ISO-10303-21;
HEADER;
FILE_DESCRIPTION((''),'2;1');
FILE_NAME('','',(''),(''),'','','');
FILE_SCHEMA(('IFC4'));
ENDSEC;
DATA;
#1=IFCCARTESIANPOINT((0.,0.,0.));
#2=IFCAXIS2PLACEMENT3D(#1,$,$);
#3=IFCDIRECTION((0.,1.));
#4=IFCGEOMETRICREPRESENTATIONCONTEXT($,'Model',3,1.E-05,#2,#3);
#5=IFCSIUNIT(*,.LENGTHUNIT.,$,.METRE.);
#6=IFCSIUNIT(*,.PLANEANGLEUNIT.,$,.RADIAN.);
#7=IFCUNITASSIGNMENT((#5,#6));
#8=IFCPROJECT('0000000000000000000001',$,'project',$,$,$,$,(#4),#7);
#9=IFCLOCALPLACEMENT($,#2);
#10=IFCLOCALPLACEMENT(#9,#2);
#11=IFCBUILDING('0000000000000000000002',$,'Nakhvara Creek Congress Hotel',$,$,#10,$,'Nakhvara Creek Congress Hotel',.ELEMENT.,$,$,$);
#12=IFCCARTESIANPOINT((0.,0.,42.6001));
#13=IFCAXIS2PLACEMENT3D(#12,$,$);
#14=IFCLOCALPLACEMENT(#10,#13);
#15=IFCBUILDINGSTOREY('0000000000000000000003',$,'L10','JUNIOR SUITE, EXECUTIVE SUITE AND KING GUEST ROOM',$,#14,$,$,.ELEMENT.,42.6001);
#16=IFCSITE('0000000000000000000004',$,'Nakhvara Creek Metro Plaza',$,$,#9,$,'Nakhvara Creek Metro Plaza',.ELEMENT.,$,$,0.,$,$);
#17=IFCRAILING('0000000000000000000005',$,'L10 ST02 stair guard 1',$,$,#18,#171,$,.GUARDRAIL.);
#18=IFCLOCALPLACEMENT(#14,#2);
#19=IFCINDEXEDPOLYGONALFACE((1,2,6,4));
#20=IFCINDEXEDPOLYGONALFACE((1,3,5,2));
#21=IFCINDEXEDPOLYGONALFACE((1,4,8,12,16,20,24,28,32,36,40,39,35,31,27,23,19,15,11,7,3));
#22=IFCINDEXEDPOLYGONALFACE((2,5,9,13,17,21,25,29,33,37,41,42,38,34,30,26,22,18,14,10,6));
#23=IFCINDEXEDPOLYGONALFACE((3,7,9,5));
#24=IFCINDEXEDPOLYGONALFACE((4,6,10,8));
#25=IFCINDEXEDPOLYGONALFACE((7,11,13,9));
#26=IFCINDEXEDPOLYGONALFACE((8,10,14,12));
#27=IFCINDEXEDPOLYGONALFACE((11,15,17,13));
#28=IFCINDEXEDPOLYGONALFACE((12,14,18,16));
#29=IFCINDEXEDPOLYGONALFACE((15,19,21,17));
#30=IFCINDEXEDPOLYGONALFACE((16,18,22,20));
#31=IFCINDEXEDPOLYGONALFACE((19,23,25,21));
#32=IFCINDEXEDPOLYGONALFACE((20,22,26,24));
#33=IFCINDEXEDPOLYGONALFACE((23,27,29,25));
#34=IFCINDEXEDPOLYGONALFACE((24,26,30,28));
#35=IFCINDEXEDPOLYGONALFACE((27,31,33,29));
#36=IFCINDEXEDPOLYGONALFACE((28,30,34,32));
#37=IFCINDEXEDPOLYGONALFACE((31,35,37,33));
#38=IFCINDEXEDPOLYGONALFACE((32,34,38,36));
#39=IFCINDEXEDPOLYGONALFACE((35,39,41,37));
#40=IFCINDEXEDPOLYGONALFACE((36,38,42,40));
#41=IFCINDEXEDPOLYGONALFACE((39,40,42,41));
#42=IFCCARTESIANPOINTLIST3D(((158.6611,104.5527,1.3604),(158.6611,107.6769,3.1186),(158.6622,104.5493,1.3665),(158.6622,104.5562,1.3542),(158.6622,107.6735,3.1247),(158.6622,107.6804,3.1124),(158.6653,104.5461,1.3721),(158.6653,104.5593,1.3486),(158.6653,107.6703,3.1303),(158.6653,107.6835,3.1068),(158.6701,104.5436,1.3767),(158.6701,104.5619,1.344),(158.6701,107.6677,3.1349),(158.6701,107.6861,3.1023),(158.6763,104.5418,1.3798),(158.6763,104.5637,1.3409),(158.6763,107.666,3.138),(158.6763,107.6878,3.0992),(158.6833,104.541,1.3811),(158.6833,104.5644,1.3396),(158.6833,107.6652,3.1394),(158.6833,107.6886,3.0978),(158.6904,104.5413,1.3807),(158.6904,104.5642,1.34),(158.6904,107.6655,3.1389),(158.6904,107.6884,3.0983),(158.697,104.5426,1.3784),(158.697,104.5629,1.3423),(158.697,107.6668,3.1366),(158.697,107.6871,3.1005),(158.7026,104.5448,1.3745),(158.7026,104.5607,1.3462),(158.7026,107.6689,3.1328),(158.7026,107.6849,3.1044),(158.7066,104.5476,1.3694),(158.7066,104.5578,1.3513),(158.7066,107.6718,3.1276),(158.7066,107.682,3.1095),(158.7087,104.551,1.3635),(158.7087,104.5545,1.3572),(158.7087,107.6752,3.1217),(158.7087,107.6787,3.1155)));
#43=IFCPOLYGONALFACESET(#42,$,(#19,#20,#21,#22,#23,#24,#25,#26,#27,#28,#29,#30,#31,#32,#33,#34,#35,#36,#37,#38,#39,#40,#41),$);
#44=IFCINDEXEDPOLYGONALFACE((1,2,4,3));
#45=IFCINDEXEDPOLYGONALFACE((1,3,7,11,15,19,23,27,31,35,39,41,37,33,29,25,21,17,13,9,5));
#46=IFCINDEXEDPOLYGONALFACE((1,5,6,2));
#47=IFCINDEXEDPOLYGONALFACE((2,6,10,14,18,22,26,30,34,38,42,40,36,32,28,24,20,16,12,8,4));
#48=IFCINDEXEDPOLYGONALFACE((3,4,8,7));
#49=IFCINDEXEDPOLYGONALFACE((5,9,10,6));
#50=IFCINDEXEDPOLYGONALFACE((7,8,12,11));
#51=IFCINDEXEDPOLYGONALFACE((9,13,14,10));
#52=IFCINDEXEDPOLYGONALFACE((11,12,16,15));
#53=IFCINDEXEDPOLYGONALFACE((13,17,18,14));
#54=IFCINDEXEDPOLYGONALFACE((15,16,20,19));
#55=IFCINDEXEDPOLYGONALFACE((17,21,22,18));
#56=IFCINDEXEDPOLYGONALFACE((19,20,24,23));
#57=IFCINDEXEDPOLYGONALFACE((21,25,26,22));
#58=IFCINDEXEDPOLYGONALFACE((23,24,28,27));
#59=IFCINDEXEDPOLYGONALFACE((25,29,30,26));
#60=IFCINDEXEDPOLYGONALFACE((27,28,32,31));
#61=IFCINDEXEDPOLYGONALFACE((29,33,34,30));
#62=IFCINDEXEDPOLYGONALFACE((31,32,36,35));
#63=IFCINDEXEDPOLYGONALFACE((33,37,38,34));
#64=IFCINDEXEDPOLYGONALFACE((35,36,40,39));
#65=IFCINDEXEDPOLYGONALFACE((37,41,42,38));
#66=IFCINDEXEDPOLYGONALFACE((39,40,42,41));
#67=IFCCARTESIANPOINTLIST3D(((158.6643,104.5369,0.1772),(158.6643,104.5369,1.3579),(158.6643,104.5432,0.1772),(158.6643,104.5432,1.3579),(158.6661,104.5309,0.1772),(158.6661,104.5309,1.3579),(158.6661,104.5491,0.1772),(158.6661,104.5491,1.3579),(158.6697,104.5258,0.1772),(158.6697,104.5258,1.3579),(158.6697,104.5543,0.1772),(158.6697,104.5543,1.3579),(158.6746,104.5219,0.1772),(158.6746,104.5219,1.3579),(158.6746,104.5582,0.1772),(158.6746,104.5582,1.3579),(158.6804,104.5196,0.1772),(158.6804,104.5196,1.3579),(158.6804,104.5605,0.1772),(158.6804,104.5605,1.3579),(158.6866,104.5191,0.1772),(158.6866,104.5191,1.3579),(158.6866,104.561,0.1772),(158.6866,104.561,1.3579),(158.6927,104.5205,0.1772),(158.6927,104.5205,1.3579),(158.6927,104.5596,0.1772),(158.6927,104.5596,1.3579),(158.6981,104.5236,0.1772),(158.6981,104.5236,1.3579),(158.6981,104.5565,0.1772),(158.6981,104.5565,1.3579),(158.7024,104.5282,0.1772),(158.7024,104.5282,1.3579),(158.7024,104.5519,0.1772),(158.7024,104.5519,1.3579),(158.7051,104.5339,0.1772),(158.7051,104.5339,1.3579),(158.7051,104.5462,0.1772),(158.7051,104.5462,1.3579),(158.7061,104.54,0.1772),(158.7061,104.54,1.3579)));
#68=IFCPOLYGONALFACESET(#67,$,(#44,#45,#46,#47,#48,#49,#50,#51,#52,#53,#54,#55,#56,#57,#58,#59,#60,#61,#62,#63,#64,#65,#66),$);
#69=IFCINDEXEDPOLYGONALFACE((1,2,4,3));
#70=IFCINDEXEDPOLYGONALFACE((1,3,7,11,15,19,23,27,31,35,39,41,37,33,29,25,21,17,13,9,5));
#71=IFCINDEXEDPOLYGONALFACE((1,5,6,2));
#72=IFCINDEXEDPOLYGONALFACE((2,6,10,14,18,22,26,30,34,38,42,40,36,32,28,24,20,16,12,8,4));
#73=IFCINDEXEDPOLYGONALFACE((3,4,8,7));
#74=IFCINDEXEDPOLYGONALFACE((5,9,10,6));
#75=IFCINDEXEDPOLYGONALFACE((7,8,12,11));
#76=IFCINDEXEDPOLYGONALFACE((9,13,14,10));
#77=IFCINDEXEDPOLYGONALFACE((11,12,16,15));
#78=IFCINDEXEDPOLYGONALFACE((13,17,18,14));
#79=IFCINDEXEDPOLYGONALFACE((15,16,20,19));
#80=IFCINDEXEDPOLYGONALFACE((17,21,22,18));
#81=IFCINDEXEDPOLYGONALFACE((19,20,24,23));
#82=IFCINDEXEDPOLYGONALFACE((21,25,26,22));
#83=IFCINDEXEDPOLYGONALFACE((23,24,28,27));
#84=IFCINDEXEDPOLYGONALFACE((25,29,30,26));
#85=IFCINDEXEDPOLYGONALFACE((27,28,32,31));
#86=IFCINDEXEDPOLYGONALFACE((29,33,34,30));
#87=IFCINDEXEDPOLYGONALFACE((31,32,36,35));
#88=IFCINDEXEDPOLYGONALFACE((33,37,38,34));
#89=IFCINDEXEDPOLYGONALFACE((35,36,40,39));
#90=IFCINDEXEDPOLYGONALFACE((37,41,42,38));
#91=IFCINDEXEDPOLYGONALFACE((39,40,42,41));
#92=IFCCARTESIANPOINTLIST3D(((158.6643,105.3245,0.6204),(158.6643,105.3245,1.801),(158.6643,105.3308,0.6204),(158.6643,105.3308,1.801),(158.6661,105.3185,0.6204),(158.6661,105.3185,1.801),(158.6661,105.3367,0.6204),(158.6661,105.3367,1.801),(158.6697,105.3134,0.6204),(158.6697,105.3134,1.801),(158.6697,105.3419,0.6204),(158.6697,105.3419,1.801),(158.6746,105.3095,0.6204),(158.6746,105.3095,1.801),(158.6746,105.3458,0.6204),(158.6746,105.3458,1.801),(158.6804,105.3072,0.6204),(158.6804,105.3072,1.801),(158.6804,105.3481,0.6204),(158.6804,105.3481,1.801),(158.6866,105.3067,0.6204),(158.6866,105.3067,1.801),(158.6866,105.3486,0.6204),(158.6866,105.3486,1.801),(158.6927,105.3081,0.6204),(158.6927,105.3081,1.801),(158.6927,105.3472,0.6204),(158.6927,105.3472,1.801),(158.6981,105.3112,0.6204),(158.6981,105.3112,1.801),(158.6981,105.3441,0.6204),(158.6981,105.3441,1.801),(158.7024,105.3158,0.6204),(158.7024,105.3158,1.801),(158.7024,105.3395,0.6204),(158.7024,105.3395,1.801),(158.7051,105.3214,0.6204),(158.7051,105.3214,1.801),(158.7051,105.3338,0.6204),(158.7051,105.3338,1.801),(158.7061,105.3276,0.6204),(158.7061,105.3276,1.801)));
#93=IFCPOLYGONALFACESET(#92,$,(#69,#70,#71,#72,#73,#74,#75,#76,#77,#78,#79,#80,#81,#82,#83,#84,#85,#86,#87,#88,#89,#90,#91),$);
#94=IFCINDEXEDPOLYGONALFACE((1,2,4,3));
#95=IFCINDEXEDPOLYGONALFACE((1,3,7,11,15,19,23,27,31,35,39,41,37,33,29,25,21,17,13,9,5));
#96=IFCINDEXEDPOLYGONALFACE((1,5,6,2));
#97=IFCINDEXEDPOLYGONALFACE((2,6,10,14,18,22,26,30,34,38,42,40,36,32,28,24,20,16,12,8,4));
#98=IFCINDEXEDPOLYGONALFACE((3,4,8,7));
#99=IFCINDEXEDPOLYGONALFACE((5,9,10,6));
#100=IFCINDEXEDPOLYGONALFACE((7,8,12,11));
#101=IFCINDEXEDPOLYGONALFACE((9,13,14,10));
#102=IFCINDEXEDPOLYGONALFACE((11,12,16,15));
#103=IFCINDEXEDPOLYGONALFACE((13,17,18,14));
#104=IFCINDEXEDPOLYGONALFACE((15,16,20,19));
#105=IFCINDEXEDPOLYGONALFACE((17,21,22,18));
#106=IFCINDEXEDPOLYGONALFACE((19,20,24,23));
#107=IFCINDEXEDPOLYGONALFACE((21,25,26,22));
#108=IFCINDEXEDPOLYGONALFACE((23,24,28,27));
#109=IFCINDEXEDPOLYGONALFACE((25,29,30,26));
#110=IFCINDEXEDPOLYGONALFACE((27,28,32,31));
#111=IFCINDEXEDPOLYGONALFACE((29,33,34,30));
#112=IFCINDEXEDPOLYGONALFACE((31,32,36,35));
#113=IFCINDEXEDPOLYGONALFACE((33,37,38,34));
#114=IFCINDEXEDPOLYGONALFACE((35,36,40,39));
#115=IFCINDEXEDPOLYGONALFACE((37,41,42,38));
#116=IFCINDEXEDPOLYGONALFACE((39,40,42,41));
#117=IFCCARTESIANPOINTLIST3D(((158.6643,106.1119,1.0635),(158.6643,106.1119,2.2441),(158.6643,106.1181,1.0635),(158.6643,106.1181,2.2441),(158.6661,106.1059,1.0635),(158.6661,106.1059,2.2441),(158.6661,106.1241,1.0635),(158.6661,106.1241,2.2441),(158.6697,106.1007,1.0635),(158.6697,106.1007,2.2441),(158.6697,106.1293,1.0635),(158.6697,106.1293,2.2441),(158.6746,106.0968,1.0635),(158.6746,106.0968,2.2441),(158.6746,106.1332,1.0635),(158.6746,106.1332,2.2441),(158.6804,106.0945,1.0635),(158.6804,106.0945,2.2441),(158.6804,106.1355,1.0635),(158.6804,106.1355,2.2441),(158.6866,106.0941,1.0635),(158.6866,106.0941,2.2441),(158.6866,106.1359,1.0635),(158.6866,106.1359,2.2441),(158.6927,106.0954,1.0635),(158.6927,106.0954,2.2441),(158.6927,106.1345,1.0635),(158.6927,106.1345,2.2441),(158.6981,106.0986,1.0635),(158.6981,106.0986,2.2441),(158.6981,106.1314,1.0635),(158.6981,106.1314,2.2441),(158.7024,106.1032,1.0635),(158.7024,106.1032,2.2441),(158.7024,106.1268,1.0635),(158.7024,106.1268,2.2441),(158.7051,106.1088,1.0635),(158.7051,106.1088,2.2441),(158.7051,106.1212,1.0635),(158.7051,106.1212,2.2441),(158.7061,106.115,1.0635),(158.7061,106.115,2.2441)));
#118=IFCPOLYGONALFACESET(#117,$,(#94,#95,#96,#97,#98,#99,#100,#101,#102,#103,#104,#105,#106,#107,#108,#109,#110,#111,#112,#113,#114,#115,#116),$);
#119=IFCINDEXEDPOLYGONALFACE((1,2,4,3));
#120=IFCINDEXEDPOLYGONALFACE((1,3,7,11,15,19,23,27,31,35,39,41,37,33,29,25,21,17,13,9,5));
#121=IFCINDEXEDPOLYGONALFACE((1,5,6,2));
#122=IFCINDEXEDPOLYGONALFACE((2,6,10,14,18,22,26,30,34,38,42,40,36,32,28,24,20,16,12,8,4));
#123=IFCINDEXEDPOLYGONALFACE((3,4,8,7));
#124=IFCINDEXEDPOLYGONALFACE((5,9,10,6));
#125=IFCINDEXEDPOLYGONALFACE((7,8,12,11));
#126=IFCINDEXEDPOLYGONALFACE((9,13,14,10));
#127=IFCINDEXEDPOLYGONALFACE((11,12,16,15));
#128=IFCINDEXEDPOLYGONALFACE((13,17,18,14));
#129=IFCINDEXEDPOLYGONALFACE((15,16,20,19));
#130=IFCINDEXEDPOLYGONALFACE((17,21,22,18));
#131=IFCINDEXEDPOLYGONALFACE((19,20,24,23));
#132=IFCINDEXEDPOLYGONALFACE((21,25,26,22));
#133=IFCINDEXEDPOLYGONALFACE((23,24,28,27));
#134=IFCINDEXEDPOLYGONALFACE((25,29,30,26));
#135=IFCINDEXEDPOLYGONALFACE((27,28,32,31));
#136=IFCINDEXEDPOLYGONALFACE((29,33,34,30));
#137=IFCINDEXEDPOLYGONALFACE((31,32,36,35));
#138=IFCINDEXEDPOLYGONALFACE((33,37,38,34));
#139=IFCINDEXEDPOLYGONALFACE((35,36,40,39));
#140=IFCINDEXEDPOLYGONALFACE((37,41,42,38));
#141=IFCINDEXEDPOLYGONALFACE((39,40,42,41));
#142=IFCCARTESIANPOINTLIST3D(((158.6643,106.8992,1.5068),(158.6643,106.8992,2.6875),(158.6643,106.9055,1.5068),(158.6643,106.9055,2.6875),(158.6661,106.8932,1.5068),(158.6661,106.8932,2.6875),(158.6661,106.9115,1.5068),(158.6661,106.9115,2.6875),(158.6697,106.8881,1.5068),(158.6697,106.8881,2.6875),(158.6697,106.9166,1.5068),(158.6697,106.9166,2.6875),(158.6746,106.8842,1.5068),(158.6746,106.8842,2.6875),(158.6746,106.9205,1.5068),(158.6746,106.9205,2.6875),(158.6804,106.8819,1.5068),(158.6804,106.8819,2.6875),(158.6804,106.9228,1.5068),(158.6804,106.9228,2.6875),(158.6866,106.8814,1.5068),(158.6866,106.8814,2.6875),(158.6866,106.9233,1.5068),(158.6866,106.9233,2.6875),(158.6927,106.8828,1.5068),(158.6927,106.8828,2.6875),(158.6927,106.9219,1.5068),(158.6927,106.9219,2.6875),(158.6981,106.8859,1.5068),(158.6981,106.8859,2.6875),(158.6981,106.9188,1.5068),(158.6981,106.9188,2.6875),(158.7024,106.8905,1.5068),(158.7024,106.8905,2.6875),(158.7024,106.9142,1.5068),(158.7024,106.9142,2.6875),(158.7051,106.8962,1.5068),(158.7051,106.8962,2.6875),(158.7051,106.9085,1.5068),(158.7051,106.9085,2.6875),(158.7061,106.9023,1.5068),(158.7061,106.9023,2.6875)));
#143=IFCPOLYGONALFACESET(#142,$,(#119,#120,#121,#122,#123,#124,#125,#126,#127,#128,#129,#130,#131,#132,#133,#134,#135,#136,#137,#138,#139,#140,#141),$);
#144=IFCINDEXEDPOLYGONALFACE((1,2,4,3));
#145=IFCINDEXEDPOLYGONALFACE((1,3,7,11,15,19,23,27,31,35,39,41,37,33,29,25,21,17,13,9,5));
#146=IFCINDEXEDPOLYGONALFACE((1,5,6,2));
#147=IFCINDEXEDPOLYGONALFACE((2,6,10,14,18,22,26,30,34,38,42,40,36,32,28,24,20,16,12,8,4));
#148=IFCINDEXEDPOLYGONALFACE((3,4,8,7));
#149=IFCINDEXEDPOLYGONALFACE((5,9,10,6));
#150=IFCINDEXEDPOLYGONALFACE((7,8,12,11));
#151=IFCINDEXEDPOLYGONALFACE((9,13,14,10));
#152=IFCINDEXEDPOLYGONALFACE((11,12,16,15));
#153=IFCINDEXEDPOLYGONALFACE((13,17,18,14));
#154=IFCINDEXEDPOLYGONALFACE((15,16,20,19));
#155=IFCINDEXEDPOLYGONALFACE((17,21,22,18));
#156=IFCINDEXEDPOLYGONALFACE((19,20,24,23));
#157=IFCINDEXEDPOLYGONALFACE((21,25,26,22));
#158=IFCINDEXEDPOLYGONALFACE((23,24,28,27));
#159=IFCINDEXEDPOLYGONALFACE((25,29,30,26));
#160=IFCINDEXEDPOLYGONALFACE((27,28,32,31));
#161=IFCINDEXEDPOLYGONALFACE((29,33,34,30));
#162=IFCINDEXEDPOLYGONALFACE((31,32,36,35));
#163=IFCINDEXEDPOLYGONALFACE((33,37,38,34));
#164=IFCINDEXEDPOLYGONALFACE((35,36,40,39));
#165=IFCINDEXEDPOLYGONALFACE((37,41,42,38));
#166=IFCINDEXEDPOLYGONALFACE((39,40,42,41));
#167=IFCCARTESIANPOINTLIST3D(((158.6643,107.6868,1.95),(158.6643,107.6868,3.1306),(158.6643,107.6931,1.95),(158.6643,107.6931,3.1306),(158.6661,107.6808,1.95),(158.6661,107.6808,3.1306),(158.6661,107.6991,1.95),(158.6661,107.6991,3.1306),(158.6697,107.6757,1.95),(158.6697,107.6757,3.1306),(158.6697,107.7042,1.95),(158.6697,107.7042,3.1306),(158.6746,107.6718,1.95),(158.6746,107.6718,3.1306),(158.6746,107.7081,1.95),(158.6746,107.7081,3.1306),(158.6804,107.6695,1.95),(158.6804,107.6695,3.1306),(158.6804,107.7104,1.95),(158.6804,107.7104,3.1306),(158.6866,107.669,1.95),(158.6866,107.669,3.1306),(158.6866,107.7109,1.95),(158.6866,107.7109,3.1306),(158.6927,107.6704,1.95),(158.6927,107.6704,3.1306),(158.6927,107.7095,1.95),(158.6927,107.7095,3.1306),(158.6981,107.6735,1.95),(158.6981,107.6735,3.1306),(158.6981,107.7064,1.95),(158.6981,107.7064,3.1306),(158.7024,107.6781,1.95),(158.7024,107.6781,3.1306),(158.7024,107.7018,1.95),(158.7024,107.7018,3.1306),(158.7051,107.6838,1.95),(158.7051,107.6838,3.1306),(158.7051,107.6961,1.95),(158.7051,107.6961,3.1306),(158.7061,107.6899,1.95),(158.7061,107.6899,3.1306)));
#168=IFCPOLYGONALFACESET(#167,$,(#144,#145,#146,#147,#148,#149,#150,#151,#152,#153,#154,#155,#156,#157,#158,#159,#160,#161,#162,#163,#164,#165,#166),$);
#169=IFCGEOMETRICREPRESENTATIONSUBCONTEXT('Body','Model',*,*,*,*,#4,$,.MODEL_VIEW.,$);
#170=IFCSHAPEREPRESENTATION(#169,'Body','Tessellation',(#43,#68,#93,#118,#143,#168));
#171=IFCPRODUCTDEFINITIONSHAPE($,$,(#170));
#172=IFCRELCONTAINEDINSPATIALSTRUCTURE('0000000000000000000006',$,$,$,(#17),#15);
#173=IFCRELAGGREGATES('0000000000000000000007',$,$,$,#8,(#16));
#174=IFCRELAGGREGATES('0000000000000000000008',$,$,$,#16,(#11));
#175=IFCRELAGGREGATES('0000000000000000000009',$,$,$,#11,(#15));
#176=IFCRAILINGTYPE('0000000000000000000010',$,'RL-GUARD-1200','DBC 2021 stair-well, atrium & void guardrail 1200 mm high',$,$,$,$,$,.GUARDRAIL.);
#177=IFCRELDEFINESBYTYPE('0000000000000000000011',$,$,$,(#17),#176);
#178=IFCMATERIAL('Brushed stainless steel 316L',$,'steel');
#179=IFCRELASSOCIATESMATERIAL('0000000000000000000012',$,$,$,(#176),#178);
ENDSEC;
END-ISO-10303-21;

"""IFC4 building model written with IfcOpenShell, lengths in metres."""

from ifc_helpers import new_model, si_unit, direction, frame, origin, origin_2d, place, context, subcontext, project, spatial, circle, extrude, material, type_object, element, save


model = new_model("IFC4")

# Units and contexts
model_context = context("Model", 3, precision=1e-05, world=origin(), true_north=direction((0.0, 1.0)))
body_context = subcontext(model_context, "Body", "Model", "MODEL_VIEW")
ifc_project = project(units=[si_unit("LENGTHUNIT", "METRE"), si_unit("PLANEANGLEUNIT", "RADIAN")], contexts=[model_context])

# Site, building, storey
site_placement = place(None, origin())
site = spatial("IfcSite", under=ifc_project, at=site_placement, Name="Nakhvara Creek Metro Plaza", LongName="Nakhvara Creek Metro Plaza", CompositionType="ELEMENT", RefElevation=0.0)
building_placement = place(site_placement, origin())
building = spatial("IfcBuilding", under=site, at=building_placement, Name="Nakhvara Creek Congress Hotel", LongName="Nakhvara Creek Congress Hotel", CompositionType="ELEMENT")
storey_placement = place(building_placement, frame((0.0, 0.0, 42.6001)))
storey = spatial("IfcBuildingStorey", under=building, at=storey_placement, Name="L10", Description="JUNIOR SUITE, EXECUTIVE SUITE AND KING GUEST ROOM", CompositionType="ELEMENT", Elevation=42.6001)

# Railing
ifc_material_1 = material(Name="Brushed stainless steel 316L", Category="steel")
railing_type = type_object("IfcRailingType", Name="RL-GUARD-1200", Description="DBC 2021 stair-well, atrium & void guardrail 1200 mm high", PredefinedType="GUARDRAIL", material=ifc_material_1)
railing_1_placement = place(storey_placement, frame((158.6851, 104.54, 0.1772)))
element("IfcRailing", 1, at=railing_1_placement, inside=storey, type_object=railing_type, Name="L10 ST02 stair guard 1", PredefinedType="GUARDRAIL", context=body_context, shape_type="SweptSolid", body=[
    extrude(circle(Radius=0.0239, at=origin_2d()), frame((0.0, 0.0127, 1.1831), z_axis=(0.0, 0.871471, 0.490447), x_axis=(-1.0, 0.0, 0.0)), (0.0, 0.0, 1.0), 3.585),
    extrude(circle(Radius=0.021, at=origin_2d()), origin(), (0.0, 0.0, 1.0), 1.1807),
    extrude(circle(Radius=0.021, at=origin_2d()), frame((0.0, 0.7876, 0.4431)), (0.0, 0.0, 1.0), 1.1807),
    extrude(circle(Radius=0.021, at=origin_2d()), frame((0.0, 1.575, 0.8862)), (0.0, 0.0, 1.0), 1.1807),
    extrude(circle(Radius=0.021, at=origin_2d()), frame((0.0, 2.3623, 1.3296)), (0.0, 0.0, 1.0), 1.1807),
    extrude(circle(Radius=0.021, at=origin_2d()), frame((0.0, 3.1499, 1.7727)), (0.0, 0.0, 1.0), 1.1807),
])

save(model, "model.ifc")
